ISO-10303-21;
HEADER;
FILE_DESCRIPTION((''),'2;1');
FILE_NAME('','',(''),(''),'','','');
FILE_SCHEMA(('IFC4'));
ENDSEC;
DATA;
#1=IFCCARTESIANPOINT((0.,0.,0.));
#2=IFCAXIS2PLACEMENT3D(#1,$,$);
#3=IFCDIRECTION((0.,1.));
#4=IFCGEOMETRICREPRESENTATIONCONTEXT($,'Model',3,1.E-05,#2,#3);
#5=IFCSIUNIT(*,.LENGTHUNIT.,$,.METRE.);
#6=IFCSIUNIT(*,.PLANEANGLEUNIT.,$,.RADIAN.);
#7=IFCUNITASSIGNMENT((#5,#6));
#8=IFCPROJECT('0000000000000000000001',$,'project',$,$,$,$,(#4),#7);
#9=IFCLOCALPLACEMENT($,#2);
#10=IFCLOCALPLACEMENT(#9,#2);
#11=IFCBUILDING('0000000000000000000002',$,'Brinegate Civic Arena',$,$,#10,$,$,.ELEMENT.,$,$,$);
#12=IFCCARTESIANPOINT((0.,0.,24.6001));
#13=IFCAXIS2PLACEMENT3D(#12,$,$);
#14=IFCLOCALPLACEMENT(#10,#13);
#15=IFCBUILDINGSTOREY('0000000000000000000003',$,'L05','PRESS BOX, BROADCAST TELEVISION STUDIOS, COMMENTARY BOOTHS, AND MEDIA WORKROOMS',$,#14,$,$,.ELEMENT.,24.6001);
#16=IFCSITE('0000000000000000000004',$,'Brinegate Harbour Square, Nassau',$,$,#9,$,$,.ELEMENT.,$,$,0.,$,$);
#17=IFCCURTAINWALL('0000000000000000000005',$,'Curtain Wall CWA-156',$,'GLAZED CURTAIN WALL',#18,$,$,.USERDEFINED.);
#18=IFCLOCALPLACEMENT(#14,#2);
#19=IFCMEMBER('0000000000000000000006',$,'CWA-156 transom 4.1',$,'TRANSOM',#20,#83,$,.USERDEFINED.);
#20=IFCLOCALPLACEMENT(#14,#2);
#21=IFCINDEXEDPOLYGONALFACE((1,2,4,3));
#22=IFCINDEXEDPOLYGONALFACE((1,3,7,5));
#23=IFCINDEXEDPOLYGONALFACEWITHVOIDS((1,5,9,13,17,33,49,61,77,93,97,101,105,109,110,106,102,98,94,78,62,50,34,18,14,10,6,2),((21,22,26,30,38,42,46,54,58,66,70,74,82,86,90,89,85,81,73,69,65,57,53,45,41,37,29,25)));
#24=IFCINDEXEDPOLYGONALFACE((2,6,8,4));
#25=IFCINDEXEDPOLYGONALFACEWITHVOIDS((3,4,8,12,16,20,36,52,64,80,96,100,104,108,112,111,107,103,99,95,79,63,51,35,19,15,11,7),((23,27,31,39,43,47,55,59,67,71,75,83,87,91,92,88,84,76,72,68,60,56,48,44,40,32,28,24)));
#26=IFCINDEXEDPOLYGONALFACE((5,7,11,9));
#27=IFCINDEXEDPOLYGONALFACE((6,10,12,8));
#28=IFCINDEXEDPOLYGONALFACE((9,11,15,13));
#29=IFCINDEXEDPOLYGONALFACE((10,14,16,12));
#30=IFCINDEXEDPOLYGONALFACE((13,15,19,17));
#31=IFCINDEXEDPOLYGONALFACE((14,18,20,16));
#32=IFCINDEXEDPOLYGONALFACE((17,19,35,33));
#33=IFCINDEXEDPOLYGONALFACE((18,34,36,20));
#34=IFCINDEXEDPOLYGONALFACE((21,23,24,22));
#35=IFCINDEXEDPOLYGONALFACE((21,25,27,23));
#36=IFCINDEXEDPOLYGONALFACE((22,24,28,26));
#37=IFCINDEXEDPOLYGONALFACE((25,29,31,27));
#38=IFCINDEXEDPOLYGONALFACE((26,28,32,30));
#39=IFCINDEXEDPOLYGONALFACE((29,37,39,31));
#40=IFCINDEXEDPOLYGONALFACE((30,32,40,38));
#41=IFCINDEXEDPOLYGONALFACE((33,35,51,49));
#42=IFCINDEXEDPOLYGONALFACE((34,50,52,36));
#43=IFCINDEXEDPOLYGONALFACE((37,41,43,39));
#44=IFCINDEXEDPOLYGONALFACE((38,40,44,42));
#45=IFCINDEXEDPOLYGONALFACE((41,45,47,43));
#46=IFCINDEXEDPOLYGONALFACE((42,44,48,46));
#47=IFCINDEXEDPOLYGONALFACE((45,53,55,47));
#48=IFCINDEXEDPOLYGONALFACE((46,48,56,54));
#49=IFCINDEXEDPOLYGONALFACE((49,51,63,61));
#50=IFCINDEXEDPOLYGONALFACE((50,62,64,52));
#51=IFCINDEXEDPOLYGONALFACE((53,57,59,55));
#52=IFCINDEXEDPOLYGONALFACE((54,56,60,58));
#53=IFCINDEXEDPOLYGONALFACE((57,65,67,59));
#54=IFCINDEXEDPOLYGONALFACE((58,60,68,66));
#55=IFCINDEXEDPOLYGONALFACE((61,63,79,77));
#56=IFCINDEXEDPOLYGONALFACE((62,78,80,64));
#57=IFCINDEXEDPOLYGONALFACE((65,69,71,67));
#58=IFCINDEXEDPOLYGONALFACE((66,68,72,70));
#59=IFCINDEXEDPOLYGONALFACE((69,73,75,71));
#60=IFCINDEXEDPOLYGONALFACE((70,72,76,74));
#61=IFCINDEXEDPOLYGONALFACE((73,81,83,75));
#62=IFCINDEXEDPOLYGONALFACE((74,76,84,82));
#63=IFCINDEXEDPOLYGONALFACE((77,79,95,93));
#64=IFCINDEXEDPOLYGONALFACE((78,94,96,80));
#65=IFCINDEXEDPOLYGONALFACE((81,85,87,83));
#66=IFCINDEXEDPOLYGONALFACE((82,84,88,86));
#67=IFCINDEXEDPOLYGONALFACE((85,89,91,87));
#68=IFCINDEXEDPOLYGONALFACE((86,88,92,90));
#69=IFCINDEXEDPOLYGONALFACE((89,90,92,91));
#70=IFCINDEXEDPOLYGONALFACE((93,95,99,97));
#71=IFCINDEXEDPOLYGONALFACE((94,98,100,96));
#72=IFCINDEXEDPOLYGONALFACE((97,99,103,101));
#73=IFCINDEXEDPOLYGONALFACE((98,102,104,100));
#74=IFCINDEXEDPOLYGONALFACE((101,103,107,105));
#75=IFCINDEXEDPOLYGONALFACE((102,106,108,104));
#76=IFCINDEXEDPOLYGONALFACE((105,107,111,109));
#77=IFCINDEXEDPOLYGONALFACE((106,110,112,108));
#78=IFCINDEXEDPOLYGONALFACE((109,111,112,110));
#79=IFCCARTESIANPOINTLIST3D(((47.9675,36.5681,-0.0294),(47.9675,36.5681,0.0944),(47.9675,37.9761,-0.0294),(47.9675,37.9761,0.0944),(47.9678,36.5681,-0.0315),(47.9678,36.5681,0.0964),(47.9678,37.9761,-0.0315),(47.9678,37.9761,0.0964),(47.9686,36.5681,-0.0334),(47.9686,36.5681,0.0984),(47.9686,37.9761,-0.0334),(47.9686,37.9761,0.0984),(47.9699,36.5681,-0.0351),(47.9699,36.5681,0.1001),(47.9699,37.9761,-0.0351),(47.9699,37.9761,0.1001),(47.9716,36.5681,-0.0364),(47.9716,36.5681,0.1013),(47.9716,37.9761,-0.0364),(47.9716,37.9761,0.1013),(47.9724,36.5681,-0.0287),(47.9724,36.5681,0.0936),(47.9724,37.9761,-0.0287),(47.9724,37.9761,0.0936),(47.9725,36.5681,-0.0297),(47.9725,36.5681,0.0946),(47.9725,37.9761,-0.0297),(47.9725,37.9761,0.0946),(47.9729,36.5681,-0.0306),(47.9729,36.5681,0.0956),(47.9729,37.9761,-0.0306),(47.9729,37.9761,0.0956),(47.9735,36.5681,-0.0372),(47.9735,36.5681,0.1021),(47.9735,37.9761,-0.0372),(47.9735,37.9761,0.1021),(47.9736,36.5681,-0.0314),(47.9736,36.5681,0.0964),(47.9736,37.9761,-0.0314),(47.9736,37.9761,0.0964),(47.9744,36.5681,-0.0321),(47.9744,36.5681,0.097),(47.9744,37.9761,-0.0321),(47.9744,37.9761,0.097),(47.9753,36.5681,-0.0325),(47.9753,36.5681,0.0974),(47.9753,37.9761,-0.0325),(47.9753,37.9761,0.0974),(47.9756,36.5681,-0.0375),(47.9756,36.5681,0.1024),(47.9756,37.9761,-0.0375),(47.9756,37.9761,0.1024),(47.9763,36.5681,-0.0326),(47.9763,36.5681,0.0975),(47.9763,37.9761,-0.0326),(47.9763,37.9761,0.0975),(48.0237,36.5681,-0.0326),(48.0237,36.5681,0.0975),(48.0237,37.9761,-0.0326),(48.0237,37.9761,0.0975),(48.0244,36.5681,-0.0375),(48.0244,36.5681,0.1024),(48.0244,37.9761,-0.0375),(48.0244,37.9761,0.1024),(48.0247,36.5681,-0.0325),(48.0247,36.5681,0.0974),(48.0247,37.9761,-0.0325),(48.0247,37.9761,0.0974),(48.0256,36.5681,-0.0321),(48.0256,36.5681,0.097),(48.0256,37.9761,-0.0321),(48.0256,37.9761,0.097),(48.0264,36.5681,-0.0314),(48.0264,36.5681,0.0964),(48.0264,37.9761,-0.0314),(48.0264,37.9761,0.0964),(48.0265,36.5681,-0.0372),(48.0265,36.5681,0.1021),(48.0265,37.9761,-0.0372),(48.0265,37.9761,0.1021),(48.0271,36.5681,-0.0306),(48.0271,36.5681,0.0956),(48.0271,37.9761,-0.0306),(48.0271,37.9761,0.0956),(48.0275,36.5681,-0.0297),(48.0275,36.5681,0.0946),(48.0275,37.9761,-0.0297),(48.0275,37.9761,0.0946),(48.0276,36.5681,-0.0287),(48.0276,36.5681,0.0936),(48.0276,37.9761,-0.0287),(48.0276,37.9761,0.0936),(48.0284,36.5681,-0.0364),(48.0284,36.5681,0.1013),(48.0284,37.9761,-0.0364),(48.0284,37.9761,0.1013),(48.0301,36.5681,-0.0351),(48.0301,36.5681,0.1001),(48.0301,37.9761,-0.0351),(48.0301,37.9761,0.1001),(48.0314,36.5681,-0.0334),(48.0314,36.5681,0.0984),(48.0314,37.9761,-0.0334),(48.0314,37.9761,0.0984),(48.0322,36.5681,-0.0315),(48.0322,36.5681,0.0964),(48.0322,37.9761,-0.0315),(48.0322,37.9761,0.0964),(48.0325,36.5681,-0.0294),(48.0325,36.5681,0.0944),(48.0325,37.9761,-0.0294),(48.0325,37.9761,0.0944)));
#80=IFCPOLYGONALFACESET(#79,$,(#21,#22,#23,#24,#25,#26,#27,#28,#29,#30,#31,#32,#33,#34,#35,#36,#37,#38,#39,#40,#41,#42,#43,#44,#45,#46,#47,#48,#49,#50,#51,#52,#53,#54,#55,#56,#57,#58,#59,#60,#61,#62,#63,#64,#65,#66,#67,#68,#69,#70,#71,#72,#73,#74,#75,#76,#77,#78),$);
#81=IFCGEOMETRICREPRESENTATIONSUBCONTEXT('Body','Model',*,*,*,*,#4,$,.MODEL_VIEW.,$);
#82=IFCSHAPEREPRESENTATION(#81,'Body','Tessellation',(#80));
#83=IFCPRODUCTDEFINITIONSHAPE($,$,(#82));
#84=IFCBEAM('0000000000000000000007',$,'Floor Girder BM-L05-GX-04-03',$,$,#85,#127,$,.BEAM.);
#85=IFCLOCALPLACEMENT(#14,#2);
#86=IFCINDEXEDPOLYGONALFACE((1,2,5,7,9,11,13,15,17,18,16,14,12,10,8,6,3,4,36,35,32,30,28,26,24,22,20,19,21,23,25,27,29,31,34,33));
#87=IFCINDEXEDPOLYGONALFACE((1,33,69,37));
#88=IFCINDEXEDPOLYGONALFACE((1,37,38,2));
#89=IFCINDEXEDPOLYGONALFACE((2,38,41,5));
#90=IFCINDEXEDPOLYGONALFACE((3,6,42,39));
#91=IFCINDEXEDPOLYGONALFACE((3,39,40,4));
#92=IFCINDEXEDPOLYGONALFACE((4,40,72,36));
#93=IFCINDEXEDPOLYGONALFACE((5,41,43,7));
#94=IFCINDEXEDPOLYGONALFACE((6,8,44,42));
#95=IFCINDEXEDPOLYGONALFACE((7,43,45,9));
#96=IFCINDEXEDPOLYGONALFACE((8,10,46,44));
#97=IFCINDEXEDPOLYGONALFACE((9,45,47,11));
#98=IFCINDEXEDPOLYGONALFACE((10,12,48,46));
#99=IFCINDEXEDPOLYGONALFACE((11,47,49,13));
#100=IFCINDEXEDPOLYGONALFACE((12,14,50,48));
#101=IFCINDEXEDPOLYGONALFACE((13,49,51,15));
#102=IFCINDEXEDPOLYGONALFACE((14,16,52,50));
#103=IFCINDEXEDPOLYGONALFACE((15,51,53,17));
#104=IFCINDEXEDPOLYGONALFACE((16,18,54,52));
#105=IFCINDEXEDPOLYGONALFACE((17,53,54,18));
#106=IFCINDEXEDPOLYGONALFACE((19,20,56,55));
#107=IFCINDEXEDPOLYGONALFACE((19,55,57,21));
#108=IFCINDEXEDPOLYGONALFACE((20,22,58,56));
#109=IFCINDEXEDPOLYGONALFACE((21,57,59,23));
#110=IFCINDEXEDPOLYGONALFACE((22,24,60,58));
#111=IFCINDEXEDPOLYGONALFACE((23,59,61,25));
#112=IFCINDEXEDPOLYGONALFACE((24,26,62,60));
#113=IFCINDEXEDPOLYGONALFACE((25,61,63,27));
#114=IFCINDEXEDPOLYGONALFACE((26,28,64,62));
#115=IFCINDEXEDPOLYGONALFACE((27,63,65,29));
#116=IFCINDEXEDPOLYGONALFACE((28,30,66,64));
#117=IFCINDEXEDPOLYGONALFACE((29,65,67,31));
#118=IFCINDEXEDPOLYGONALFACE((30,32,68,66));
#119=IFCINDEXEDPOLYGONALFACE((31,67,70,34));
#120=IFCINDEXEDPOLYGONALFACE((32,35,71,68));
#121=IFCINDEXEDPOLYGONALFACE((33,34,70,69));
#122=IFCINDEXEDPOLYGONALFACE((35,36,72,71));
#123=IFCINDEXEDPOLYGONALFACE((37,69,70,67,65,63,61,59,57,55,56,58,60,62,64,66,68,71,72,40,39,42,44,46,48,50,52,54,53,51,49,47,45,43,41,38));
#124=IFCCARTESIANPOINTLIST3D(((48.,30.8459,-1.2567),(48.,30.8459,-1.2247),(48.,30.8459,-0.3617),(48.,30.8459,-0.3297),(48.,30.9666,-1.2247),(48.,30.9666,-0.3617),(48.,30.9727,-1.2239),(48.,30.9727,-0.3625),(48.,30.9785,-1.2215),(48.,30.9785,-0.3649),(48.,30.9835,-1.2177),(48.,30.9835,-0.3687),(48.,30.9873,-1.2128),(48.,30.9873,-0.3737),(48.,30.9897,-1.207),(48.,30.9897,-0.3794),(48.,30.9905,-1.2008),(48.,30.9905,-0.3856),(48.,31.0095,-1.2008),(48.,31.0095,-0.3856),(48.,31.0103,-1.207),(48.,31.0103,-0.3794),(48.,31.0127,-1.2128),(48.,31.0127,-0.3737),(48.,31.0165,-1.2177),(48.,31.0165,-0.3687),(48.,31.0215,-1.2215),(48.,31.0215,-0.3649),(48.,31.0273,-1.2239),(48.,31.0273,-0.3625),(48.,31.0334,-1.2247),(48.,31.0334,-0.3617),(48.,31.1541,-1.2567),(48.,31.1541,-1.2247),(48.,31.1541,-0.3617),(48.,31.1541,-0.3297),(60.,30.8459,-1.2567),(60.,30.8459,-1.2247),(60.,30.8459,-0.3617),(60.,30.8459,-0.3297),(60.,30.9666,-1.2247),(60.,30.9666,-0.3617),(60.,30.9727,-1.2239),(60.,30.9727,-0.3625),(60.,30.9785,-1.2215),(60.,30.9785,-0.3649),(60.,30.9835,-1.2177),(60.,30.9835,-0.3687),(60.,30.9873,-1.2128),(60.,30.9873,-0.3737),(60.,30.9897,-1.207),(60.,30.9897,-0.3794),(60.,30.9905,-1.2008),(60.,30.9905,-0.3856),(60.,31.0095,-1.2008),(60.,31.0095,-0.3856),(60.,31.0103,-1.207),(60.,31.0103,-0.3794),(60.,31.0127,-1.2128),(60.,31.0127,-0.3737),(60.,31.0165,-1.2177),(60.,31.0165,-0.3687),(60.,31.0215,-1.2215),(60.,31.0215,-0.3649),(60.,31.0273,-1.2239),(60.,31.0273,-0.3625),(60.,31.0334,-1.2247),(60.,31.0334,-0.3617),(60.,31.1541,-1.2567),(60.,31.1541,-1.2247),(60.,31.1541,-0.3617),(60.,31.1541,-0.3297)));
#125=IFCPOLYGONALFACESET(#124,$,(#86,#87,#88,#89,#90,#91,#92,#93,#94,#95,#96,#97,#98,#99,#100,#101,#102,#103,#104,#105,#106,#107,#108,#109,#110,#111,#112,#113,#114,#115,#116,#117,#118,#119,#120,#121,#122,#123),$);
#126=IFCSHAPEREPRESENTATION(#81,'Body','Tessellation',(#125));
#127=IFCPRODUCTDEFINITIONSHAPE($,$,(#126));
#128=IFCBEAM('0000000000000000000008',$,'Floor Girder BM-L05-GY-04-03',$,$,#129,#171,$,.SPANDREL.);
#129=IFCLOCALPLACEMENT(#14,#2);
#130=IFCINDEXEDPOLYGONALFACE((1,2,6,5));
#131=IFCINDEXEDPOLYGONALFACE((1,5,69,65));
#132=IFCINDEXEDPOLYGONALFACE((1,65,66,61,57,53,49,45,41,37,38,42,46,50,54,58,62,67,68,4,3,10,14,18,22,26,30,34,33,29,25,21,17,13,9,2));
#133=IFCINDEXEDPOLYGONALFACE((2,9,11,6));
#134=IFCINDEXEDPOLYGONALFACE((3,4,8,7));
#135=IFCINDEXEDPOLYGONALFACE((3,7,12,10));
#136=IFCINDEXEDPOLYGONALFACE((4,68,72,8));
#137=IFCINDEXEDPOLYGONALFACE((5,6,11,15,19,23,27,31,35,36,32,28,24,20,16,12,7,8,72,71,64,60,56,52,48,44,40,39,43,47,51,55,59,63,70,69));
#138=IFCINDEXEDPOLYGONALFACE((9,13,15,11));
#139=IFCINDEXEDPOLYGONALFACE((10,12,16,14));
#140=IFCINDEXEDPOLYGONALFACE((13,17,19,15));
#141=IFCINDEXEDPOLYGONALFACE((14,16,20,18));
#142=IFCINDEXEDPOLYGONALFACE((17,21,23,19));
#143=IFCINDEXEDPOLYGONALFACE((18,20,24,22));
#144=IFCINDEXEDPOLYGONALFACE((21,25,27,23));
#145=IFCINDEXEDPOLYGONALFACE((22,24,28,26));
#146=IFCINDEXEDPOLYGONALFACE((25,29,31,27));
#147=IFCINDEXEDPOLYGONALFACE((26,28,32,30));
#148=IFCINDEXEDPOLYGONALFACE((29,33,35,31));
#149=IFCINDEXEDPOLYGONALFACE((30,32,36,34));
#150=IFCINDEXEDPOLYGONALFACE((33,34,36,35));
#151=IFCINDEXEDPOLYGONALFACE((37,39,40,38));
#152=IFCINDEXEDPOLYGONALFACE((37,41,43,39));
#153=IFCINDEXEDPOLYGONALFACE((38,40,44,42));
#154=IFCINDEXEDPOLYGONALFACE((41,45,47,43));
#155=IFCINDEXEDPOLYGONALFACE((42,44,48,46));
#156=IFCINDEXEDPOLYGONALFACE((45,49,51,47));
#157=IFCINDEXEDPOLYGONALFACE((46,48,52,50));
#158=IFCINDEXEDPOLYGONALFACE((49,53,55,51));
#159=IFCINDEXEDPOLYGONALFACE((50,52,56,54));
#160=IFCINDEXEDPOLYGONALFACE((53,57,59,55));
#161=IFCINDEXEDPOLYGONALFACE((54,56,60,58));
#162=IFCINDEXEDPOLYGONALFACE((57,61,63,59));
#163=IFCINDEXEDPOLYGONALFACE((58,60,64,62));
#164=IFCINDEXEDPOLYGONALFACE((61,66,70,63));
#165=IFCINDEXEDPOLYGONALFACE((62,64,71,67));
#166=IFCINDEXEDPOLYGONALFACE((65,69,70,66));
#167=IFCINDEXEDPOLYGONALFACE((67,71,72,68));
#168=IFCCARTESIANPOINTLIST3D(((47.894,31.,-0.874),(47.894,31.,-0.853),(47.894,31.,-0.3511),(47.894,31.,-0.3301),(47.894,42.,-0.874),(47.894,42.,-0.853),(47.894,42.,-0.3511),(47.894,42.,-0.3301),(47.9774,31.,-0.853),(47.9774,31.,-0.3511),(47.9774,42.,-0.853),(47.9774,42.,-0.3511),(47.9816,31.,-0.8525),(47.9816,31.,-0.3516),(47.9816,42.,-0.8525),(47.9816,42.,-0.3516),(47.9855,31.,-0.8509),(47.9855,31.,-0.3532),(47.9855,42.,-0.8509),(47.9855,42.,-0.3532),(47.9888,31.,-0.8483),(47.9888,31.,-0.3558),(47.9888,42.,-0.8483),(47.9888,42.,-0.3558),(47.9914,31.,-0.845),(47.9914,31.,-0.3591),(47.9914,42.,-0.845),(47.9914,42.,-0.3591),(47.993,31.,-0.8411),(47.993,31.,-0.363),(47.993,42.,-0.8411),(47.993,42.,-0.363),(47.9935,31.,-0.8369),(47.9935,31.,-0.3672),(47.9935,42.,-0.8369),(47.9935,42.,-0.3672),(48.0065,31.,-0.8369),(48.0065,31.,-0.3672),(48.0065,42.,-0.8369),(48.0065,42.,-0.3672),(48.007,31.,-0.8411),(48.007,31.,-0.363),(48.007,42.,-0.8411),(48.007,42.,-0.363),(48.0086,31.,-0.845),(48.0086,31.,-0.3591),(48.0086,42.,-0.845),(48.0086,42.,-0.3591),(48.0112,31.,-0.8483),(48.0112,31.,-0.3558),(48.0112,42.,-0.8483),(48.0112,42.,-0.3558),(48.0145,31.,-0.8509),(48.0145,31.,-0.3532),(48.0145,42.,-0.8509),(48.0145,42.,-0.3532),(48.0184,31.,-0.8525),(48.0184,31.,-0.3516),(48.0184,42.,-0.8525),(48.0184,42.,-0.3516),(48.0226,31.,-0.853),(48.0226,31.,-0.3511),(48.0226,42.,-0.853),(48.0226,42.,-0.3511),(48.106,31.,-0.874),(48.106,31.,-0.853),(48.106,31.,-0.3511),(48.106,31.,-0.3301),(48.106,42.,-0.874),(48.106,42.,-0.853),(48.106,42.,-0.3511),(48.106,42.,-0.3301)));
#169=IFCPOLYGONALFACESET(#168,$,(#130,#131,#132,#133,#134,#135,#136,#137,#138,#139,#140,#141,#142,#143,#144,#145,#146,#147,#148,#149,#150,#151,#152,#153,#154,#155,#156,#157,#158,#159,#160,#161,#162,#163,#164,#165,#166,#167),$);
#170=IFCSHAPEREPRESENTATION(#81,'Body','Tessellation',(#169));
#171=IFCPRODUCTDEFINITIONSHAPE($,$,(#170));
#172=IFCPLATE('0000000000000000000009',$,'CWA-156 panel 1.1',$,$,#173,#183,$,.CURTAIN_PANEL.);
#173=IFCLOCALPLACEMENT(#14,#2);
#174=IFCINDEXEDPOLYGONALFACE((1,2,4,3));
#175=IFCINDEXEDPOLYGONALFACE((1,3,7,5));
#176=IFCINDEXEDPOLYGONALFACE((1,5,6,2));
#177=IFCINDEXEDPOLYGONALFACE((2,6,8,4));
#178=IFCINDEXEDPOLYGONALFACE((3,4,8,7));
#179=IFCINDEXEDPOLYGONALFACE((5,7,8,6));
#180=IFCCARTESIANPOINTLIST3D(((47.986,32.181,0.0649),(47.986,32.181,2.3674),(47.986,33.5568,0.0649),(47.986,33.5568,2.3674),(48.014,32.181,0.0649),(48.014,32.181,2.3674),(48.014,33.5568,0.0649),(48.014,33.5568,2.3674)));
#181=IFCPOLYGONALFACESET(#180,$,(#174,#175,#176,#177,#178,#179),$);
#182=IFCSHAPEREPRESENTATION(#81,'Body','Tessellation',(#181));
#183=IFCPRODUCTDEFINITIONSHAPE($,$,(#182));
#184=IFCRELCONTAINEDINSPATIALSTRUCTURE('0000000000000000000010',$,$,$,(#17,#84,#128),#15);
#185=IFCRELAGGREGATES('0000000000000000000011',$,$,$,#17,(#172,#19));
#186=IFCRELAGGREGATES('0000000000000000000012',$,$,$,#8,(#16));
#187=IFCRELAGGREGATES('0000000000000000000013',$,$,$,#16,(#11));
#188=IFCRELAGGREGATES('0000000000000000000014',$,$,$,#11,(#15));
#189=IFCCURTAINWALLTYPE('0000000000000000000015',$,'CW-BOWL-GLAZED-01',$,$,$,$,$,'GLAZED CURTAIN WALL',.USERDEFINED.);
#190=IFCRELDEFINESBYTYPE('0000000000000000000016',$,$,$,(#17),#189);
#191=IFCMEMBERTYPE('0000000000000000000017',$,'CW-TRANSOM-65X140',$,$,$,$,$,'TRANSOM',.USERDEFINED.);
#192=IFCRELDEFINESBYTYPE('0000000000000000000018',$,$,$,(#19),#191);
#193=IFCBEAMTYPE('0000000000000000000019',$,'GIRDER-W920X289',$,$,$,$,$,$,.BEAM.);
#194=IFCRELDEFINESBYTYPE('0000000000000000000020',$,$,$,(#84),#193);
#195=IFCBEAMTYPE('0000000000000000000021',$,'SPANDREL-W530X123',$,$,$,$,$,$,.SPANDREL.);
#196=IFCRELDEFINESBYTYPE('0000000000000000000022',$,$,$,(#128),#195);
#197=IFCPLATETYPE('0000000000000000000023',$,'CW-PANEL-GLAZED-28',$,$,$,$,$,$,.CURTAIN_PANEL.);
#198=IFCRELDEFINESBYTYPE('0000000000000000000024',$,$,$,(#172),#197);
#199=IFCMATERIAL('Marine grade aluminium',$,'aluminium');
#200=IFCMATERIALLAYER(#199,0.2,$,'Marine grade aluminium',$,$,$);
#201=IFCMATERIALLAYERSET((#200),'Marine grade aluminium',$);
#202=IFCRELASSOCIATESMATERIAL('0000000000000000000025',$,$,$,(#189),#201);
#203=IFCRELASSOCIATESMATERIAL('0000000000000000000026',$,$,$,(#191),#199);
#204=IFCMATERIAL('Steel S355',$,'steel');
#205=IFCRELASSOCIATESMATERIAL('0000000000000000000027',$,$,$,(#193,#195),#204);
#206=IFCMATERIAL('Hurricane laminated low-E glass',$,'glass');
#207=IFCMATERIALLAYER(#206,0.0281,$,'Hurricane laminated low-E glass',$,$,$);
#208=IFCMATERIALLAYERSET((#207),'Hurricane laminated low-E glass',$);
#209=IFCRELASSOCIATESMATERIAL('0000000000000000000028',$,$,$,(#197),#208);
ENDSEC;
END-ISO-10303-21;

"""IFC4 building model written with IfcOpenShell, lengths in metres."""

from ifc_helpers import new_model, si_unit, direction, frame, origin, origin_2d, place, context, subcontext, project, spatial, rectangle, hollow_rectangle, i_section, extrude, material, layer, layer_set, material_profile, profile_set, type_object, element, aggregate, save


model = new_model("IFC4")

# Units and contexts
model_context = context("Model", 3, precision=1e-05, world=origin(), true_north=direction((0.0, 1.0)))
body_context = subcontext(model_context, "Body", "Model", "MODEL_VIEW")
ifc_project = project(units=[si_unit("LENGTHUNIT", "METRE"), si_unit("PLANEANGLEUNIT", "RADIAN")], contexts=[model_context])

# Site, building, storey
site_placement = place(None, origin())
site = spatial("IfcSite", under=ifc_project, at=site_placement, Name="Brinegate Harbour Square, Nassau", CompositionType="ELEMENT", RefElevation=0.0)
building_placement = place(site_placement, origin())
building = spatial("IfcBuilding", under=site, at=building_placement, Name="Brinegate Civic Arena", CompositionType="ELEMENT")
storey_placement = place(building_placement, frame((0.0, 0.0, 24.6001)))
storey = spatial("IfcBuildingStorey", under=building, at=storey_placement, Name="L05", Description="PRESS BOX, BROADCAST TELEVISION STUDIOS, COMMENTARY BOOTHS, AND MEDIA WORKROOMS", CompositionType="ELEMENT", Elevation=24.6001)

# Curtain wall
ifc_material_1 = material(Name="Marine grade aluminium", Category="aluminium")
ifc_layer_1 = layer(ifc_material_1, 0.2, Name="Marine grade aluminium")
ifc_layer_set_1 = layer_set([ifc_layer_1], Name="Marine grade aluminium")
curtain_wall_type = type_object("IfcCurtainWallType", Name="CW-BOWL-GLAZED-01", ElementType="GLAZED CURTAIN WALL", PredefinedType="USERDEFINED", material=ifc_layer_set_1)
curtain_wall_1_placement = place(storey_placement, origin())
curtain_wall_1 = element("IfcCurtainWall", 1, at=curtain_wall_1_placement, inside=storey, type_object=curtain_wall_type, Name="Curtain Wall CWA-156", ObjectType="GLAZED CURTAIN WALL", PredefinedType="USERDEFINED")

# Member
ifc_material_profile_1 = material_profile(ifc_material_1, hollow_rectangle(XDim=0.0649, YDim=0.1399, WallThickness=0.0049, InnerFilletRadius=0.0039, OuterFilletRadius=0.0081, at=origin_2d()), Name="TRN65X140")
ifc_profile_set_1 = profile_set([ifc_material_profile_1], Name="Marine grade aluminium")
member_type_1 = type_object("IfcMemberType", Name="CW-TRANSOM-65X140", ElementType="TRANSOM", PredefinedType="USERDEFINED", material=ifc_profile_set_1)
member_1_placement = place(storey_placement, frame((48.0, 36.5681, 0.0325), z_axis=(0.0, 1.0, 0.0), x_axis=(-1.0, 0.0, 0.0)))
member_1 = element("IfcMember", 2, at=member_1_placement, type_object=member_type_1, Name="CWA-156 transom 4.1", ObjectType="TRANSOM", PredefinedType="USERDEFINED", context=body_context, shape_type="SweptSolid", body=[
    extrude(hollow_rectangle(XDim=0.0649, YDim=0.1399, WallThickness=0.0049, InnerFilletRadius=0.0039, OuterFilletRadius=0.0081, at=origin_2d()), origin(), (0.0, 0.0, 1.0), 1.408),
])

# Beams
ifc_material_2 = material(Name="Steel S355", Category="steel")
ifc_material_profile_2 = material_profile(ifc_material_2, i_section(OverallWidth=0.3081, OverallDepth=0.927, WebThickness=0.019, FlangeThickness=0.032, FilletRadius=0.0239, at=origin_2d()), Name="W920X289")
ifc_profile_set_2 = profile_set([ifc_material_profile_2], Name="Steel S355")
beam_type_1 = type_object("IfcBeamType", Name="GIRDER-W920X289", PredefinedType="BEAM", material=ifc_profile_set_2)
beam_1_placement = place(storey_placement, frame((48.0, 31.0, -0.7932), z_axis=(1.0, 0.0, 0.0), x_axis=(0.0, 1.0, 0.0)))
element("IfcBeam", 3, at=beam_1_placement, inside=storey, type_object=beam_type_1, Name="Floor Girder BM-L05-GX-04-03", PredefinedType="BEAM", context=body_context, shape_type="SweptSolid", body=[
    extrude(i_section(OverallWidth=0.3081, OverallDepth=0.927, WebThickness=0.019, FlangeThickness=0.032, FilletRadius=0.0239, at=origin_2d()), origin(), (0.0, 0.0, 1.0), 12.0),
])
ifc_material_profile_3 = material_profile(ifc_material_2, i_section(OverallWidth=0.2119, OverallDepth=0.5439, WebThickness=0.0129, FlangeThickness=0.021, FilletRadius=0.0161, at=origin_2d()), Name="W530X123")
ifc_profile_set_3 = profile_set([ifc_material_profile_3], Name="Steel S355")
beam_type_2 = type_object("IfcBeamType", Name="SPANDREL-W530X123", PredefinedType="SPANDREL", material=ifc_profile_set_3)
beam_2_placement = place(storey_placement, frame((48.0, 31.0, -0.6021), z_axis=(0.0, 1.0, 0.0), x_axis=(-1.0, 0.0, 0.0)))
element("IfcBeam", 4, at=beam_2_placement, inside=storey, type_object=beam_type_2, Name="Floor Girder BM-L05-GY-04-03", PredefinedType="SPANDREL", context=body_context, shape_type="SweptSolid", body=[
    extrude(i_section(OverallWidth=0.2119, OverallDepth=0.5439, WebThickness=0.0129, FlangeThickness=0.021, FilletRadius=0.0161, at=origin_2d()), origin(), (0.0, 0.0, 1.0), 11.0),
])

# Plate
ifc_material_3 = material(Name="Hurricane laminated low-E glass", Category="glass")
ifc_layer_2 = layer(ifc_material_3, 0.0281, Name="Hurricane laminated low-E glass")
ifc_layer_set_2 = layer_set([ifc_layer_2], Name="Hurricane laminated low-E glass")
plate_type_1 = type_object("IfcPlateType", Name="CW-PANEL-GLAZED-28", PredefinedType="CURTAIN_PANEL", material=ifc_layer_set_2)
plate_1_placement = place(storey_placement, frame((48.0, 32.8689, 0.0649), z_axis=(0.0, 0.0, 1.0), x_axis=(0.0, 1.0, 0.0)))
plate_1 = element("IfcPlate", 5, at=plate_1_placement, type_object=plate_type_1, Name="CWA-156 panel 1.1", PredefinedType="CURTAIN_PANEL", context=body_context, shape_type="SweptSolid", body=[
    extrude(rectangle(XDim=1.3757, YDim=0.0281, at=origin_2d()), origin(), (0.0, 0.0, 1.0), 2.3025),
])
aggregate(curtain_wall_1, [plate_1, member_1])

save(model, "model.ifc")
